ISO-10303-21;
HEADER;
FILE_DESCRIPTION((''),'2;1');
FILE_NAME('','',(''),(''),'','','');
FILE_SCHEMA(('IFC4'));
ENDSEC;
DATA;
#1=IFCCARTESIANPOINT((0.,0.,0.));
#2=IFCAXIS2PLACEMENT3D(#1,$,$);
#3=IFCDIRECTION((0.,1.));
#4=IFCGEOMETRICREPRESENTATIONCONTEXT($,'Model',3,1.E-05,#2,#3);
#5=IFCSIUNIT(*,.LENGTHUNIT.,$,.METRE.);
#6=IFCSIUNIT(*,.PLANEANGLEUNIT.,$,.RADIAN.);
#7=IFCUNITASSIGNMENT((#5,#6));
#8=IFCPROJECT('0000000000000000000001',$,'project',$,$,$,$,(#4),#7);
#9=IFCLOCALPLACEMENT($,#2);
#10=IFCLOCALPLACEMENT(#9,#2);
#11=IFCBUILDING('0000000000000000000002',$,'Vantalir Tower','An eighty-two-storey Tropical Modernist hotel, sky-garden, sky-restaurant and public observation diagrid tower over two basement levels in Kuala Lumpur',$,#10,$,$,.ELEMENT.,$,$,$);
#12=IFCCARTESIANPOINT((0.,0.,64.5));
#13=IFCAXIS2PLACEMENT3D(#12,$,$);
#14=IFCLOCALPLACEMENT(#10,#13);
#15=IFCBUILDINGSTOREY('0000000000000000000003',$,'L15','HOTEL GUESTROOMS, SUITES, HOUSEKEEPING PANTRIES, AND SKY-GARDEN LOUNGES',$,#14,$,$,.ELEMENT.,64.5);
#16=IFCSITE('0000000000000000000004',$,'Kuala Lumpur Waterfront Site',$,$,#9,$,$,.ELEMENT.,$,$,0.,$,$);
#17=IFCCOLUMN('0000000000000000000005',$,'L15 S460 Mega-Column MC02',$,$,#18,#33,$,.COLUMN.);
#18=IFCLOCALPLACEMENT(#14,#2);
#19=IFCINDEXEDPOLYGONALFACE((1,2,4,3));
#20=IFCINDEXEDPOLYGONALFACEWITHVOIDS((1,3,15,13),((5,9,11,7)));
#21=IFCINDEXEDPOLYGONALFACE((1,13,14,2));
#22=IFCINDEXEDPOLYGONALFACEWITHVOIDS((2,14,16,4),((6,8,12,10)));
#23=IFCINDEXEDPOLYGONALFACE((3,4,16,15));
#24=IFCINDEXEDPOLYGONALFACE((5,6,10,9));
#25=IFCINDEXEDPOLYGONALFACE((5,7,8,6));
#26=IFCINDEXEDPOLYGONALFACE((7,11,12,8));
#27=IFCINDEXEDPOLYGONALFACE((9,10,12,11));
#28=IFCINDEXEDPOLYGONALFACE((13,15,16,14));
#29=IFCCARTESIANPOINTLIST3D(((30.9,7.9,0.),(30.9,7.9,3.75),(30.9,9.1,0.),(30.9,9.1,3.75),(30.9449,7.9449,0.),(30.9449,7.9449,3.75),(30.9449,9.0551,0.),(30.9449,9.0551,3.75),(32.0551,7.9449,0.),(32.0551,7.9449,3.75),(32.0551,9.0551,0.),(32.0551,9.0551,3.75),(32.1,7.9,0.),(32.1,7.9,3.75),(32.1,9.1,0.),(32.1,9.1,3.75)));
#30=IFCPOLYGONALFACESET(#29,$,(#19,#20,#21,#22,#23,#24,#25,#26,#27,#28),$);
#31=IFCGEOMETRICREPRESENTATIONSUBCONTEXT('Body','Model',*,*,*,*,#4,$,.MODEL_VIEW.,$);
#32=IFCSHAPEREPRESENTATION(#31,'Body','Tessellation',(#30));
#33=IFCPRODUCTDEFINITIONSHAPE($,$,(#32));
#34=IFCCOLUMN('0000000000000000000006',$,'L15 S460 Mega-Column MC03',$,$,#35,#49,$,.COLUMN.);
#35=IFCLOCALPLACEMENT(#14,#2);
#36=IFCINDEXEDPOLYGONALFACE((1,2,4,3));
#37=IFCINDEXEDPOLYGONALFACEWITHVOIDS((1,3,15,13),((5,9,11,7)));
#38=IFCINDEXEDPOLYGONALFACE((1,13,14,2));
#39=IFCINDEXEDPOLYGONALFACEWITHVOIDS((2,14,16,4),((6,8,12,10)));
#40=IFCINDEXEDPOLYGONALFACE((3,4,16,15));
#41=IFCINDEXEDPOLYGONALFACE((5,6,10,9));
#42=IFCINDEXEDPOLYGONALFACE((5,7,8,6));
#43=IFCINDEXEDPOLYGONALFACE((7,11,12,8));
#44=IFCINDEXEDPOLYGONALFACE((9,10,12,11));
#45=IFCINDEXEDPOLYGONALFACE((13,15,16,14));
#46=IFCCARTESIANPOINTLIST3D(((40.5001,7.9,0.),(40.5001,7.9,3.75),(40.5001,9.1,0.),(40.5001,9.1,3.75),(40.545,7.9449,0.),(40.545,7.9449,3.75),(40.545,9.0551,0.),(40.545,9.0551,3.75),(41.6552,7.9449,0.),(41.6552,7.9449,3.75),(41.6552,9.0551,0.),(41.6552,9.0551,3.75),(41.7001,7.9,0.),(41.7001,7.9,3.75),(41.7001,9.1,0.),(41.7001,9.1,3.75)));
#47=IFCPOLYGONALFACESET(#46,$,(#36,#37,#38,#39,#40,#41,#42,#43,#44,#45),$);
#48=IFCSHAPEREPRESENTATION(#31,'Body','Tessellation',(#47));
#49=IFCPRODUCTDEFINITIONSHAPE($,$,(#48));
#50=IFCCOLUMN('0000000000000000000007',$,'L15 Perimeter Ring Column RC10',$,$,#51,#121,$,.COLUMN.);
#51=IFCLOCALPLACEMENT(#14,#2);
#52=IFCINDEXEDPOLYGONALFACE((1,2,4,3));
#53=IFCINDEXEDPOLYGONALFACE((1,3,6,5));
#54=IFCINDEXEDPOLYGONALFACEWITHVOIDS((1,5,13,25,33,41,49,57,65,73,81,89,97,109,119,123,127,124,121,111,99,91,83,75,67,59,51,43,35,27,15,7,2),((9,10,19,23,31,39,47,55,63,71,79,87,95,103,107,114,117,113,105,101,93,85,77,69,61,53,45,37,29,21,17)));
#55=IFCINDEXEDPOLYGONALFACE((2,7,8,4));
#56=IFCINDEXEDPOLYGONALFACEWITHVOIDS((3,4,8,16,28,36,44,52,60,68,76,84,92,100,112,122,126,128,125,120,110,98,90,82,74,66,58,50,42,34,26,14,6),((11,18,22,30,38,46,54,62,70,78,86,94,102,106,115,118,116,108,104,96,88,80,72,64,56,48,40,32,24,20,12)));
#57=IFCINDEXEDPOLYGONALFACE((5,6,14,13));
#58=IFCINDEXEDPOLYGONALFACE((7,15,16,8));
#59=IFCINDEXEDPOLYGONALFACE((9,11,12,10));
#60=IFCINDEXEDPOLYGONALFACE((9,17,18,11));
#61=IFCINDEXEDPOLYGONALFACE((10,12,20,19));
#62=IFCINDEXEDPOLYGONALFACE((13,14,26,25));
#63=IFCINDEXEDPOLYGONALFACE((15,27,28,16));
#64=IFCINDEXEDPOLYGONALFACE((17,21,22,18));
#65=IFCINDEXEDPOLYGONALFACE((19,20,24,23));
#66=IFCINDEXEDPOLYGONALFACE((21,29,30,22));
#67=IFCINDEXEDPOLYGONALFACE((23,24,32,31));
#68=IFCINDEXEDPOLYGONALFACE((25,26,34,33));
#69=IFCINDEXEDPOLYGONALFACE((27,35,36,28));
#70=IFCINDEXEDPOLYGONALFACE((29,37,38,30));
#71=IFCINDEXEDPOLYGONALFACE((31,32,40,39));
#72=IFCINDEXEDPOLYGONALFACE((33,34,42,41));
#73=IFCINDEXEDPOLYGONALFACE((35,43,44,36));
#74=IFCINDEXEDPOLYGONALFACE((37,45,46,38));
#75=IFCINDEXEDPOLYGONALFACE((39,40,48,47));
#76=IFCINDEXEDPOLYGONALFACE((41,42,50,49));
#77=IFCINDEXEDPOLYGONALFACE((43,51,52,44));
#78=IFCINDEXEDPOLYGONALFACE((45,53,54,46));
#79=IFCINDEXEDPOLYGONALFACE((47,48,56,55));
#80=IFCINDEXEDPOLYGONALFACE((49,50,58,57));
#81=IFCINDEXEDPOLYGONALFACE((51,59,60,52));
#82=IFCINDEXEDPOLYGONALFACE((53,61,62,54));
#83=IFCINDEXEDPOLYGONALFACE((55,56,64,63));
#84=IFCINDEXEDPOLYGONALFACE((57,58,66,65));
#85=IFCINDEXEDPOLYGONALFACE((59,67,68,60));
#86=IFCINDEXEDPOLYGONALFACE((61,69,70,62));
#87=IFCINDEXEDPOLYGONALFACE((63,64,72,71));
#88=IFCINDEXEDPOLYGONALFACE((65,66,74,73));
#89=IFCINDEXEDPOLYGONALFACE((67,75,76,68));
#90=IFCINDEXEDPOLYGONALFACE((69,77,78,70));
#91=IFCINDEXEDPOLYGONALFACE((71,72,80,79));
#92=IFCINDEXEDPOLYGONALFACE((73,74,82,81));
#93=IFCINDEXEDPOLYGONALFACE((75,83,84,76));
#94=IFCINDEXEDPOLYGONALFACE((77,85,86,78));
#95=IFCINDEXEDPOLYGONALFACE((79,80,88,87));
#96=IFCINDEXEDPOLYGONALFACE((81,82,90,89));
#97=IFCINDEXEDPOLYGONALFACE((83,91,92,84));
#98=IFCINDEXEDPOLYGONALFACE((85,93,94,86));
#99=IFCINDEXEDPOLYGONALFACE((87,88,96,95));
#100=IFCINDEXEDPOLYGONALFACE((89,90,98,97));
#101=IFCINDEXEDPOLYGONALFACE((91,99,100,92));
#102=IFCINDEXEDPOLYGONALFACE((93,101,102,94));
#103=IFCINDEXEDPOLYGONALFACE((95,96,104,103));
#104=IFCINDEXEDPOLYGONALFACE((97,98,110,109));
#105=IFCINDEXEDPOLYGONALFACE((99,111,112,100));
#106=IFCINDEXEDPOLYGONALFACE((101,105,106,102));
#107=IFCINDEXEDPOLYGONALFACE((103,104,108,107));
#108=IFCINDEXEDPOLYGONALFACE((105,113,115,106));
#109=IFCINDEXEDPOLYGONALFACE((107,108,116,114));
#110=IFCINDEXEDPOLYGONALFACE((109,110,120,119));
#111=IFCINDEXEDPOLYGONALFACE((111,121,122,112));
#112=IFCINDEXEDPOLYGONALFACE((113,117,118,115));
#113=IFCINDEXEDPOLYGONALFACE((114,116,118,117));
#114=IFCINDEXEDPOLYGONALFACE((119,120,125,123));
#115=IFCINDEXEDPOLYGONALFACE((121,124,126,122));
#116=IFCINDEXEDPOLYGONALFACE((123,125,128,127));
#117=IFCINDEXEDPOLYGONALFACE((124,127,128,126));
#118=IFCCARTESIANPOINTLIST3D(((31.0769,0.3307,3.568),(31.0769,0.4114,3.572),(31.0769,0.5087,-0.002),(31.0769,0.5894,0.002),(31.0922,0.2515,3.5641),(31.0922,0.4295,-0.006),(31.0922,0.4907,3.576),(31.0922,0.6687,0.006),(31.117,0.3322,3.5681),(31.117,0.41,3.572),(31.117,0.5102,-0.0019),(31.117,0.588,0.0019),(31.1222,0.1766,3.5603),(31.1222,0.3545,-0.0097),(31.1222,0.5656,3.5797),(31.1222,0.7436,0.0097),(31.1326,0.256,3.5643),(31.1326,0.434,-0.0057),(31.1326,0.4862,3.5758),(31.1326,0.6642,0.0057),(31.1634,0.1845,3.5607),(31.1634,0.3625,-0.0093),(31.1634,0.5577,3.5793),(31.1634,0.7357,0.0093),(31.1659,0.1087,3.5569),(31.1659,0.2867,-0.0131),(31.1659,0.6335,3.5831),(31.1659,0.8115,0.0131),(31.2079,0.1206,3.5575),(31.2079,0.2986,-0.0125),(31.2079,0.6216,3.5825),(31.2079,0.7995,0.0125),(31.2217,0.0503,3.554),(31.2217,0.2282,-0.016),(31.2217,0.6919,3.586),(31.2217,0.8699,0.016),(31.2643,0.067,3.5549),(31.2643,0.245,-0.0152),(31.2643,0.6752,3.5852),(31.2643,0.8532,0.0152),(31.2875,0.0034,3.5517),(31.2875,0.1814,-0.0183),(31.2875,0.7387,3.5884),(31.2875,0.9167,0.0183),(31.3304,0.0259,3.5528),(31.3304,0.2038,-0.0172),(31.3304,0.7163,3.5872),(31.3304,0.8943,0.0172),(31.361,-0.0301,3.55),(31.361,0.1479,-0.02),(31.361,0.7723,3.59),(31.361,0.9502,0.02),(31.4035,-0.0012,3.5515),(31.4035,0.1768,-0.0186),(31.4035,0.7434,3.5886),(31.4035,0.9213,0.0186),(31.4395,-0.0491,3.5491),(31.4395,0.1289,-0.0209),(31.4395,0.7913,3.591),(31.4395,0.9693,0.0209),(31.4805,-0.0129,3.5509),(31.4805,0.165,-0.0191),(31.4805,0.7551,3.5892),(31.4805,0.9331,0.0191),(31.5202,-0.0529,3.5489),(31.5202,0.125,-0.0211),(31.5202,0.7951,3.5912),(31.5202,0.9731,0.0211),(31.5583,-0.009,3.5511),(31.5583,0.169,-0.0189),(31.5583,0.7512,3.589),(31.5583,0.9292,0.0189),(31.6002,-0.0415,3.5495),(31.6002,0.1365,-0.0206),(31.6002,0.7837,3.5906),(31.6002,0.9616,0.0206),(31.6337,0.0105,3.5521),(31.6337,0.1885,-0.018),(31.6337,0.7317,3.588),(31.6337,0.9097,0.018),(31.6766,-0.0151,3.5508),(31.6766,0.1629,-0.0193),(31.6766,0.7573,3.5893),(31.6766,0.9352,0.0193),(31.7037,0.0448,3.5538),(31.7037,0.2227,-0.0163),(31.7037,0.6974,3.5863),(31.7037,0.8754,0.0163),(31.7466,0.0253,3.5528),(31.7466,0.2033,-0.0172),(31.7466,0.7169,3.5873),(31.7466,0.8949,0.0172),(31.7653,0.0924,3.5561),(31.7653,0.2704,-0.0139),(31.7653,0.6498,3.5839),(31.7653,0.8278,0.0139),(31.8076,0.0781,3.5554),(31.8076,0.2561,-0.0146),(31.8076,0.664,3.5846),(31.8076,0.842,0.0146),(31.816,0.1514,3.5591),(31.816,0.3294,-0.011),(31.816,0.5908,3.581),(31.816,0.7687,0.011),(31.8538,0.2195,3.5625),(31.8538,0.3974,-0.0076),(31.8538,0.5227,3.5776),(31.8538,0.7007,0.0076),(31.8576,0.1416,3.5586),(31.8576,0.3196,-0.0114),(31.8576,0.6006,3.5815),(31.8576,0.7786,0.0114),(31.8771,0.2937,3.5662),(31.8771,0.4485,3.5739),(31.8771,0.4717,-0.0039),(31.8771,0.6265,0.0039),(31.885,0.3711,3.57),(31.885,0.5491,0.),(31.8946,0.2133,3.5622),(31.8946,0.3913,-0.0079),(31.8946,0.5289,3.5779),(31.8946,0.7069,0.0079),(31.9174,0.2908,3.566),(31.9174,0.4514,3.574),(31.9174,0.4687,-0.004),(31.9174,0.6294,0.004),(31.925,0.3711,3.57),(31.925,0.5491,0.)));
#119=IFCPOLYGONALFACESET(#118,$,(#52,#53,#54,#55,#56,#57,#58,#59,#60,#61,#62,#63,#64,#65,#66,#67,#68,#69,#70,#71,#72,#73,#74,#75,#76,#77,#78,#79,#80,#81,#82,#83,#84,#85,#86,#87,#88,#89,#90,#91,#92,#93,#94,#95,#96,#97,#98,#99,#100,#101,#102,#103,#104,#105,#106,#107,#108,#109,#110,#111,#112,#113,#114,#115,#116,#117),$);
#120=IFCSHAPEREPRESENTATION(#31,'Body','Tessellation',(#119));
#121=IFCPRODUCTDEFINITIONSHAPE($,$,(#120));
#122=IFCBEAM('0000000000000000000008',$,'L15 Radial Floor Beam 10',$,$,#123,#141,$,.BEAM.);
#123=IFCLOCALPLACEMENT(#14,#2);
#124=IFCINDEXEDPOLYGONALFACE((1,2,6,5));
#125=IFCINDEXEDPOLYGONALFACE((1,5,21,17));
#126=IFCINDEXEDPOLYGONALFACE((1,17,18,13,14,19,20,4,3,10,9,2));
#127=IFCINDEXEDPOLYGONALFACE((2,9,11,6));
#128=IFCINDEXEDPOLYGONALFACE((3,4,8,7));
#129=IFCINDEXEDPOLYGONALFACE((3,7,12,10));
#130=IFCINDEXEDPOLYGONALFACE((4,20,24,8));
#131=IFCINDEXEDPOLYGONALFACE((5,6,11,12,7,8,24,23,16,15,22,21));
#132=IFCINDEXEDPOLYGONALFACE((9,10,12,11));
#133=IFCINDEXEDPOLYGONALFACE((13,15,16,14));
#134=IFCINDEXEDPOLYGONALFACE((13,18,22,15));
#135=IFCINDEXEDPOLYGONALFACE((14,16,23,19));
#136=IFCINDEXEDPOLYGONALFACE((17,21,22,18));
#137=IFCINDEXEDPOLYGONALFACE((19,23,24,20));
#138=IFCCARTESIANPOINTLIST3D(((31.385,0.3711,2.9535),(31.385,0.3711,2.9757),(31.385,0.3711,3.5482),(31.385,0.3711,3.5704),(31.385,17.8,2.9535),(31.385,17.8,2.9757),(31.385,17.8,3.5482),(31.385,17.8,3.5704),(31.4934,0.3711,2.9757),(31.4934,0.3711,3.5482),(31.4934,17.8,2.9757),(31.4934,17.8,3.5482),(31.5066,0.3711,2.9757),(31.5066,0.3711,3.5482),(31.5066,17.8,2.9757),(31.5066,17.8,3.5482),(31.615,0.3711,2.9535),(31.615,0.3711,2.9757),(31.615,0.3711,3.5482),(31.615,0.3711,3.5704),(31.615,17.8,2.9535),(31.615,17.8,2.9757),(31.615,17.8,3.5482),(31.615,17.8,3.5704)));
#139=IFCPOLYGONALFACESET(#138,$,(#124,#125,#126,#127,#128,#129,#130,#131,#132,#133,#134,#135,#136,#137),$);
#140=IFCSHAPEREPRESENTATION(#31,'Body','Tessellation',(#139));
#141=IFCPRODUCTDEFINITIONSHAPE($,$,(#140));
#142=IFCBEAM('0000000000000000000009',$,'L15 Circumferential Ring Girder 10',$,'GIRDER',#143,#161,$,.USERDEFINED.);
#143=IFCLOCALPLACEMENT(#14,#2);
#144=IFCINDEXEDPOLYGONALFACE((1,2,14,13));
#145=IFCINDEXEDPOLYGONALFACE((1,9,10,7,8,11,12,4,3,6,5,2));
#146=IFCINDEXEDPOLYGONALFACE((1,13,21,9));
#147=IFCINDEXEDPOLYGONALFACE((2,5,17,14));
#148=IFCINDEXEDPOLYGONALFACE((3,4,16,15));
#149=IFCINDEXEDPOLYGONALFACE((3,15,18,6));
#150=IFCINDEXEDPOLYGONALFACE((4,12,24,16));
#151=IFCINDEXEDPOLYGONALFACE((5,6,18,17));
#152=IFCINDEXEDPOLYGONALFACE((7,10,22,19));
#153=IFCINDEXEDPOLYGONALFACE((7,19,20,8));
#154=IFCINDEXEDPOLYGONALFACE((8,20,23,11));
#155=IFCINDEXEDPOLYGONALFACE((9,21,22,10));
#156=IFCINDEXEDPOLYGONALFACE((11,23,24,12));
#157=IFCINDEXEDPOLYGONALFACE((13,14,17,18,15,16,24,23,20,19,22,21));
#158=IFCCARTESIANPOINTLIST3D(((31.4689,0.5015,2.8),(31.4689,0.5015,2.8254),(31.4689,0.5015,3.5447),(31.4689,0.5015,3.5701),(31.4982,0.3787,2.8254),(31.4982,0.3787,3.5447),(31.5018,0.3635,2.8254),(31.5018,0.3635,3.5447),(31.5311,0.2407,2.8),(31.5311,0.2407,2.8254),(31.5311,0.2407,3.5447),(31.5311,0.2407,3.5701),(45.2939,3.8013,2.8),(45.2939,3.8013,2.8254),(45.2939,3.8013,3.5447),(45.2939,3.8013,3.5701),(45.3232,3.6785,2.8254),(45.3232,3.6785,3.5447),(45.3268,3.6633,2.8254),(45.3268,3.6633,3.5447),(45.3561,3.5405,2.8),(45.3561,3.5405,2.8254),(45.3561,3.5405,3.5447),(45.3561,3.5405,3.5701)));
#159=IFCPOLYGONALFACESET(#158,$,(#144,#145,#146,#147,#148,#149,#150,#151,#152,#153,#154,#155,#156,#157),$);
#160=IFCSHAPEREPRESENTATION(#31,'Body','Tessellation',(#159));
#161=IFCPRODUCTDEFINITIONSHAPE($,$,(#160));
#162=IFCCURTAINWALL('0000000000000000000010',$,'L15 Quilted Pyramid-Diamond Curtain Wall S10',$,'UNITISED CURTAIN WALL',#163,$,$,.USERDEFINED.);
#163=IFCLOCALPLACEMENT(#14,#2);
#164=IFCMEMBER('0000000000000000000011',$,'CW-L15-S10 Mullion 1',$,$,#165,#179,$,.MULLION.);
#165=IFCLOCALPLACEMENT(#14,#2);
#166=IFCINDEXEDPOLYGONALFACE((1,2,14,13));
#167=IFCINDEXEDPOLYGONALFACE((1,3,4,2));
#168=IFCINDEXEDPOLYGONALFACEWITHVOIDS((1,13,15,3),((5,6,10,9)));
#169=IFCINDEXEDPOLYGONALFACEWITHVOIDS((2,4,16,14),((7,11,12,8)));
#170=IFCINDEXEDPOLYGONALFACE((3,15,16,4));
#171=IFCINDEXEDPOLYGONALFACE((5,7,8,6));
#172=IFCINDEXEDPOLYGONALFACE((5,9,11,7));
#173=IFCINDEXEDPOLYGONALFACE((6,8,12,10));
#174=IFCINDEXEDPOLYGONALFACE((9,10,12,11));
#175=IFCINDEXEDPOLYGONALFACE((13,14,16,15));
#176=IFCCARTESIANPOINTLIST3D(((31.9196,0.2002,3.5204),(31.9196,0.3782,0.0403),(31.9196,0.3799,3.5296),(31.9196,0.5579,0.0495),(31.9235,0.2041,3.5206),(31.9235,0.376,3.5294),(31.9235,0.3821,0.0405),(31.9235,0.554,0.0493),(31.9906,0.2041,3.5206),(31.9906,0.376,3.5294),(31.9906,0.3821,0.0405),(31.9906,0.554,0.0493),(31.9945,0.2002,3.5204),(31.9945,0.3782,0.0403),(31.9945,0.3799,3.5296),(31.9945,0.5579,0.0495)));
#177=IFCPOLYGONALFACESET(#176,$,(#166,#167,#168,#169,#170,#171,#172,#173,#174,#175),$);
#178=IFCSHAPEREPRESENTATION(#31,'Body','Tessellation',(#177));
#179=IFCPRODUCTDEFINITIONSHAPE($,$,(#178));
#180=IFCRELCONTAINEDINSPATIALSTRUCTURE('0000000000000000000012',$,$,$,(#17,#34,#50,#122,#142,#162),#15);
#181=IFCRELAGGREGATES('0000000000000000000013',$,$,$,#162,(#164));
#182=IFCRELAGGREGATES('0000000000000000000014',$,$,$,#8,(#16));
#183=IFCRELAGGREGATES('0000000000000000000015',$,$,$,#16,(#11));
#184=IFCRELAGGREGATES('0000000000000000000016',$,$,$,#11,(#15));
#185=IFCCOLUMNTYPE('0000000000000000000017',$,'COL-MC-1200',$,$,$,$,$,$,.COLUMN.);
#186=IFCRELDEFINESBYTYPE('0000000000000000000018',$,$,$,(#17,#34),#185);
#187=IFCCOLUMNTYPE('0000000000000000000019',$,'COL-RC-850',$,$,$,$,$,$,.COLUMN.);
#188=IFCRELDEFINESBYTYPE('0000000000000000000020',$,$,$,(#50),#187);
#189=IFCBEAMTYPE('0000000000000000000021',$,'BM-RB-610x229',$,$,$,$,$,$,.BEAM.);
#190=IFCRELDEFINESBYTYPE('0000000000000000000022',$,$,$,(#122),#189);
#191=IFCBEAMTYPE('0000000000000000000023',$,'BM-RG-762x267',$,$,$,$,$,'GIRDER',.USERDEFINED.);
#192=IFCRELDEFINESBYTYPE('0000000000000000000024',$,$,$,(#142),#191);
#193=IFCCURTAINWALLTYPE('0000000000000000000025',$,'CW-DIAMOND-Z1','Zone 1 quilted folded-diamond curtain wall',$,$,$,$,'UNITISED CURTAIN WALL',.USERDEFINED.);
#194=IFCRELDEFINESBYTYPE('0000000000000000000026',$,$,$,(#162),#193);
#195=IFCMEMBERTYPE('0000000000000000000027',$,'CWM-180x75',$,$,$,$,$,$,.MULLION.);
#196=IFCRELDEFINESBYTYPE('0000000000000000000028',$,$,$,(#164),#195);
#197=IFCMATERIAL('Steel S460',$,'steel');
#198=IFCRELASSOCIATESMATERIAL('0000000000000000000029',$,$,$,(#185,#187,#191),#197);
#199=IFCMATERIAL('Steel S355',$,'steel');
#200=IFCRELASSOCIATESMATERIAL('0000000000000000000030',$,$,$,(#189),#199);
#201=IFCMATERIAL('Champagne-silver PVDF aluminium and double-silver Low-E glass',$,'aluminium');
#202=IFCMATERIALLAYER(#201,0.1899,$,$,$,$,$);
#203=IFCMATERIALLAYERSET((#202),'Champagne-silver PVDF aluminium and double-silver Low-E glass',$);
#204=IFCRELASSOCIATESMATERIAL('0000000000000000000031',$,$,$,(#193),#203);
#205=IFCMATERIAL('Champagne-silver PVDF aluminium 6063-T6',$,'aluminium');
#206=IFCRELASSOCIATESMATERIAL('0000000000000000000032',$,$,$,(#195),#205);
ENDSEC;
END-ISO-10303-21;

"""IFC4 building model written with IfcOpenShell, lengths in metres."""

from ifc_helpers import new_model, si_unit, direction, frame, origin, origin_2d, place, context, subcontext, project, spatial, hollow_rectangle, hollow_circle, i_section, extrude, material, layer, layer_set, material_profile, profile_set, type_object, element, aggregate, save


model = new_model("IFC4")

# Units and contexts
model_context = context("Model", 3, precision=1e-05, world=origin(), true_north=direction((0.0, 1.0)))
body_context = subcontext(model_context, "Body", "Model", "MODEL_VIEW")
ifc_project = project(units=[si_unit("LENGTHUNIT", "METRE"), si_unit("PLANEANGLEUNIT", "RADIAN")], contexts=[model_context])

# Site, building, storey
site_placement = place(None, origin())
site = spatial("IfcSite", under=ifc_project, at=site_placement, Name="Kuala Lumpur Waterfront Site", CompositionType="ELEMENT", RefElevation=0.0)
building_placement = place(site_placement, origin())
building = spatial("IfcBuilding", under=site, at=building_placement, Name="Vantalir Tower", Description="An eighty-two-storey Tropical Modernist hotel, sky-garden, sky-restaurant and public observation diagrid tower over two basement levels in Kuala Lumpur", CompositionType="ELEMENT")
storey_placement = place(building_placement, frame((0.0, 0.0, 64.5)))
storey = spatial("IfcBuildingStorey", under=building, at=storey_placement, Name="L15", Description="HOTEL GUESTROOMS, SUITES, HOUSEKEEPING PANTRIES, AND SKY-GARDEN LOUNGES", CompositionType="ELEMENT", Elevation=64.5)

# Columns
ifc_material_1 = material(Name="Steel S460", Category="steel")
ifc_material_profile_1 = material_profile(ifc_material_1, hollow_rectangle(XDim=1.2, YDim=1.2, WallThickness=0.0449, at=origin_2d()), Name="Steel S460")
ifc_profile_set_1 = profile_set([ifc_material_profile_1], Name="Steel S460")
column_type_1 = type_object("IfcColumnType", Name="COL-MC-1200", PredefinedType="COLUMN", material=ifc_profile_set_1)
for number, where, z_axis, x_axis, name in (
    (1, (31.5, 8.5, 0.0), (0.0, 0.0, 1.0), (1.0, 0.0, 0.0), "L15 S460 Mega-Column MC02"),
    (2, (41.1001, 8.5, 0.0), (0.0, 0.0, 1.0), (1.0, 0.0, 0.0), "L15 S460 Mega-Column MC03"),
):
    element("IfcColumn", number, at=place(storey_placement, frame(where, z_axis=z_axis, x_axis=x_axis)), inside=storey, type_object=column_type_1, Name=name, PredefinedType="COLUMN", context=body_context, shape_type="SweptSolid", body=[
        extrude(hollow_rectangle(XDim=1.2, YDim=1.2, WallThickness=0.0449, at=origin_2d()), origin(), (0.0, 0.0, 1.0), 3.75),
    ])
ifc_material_profile_2 = material_profile(ifc_material_1, hollow_circle(Radius=0.425, WallThickness=0.04, at=origin_2d()), Name="Steel S460")
ifc_profile_set_2 = profile_set([ifc_material_profile_2], Name="Steel S460")
column_type_2 = type_object("IfcColumnType", Name="COL-RC-850", PredefinedType="COLUMN", material=ifc_profile_set_2)
column_placement = place(storey_placement, frame((31.5, 0.5491, 0.0), z_axis=(0.0, -0.049791, 0.99876), x_axis=(1.0, 0.0, 0.0)))
element("IfcColumn", 3, at=column_placement, inside=storey, type_object=column_type_2, Name="L15 Perimeter Ring Column RC10", PredefinedType="COLUMN", context=body_context, shape_type="SweptSolid", body=[
    extrude(hollow_circle(Radius=0.425, WallThickness=0.04, at=origin_2d()), origin(), (0.0, 0.0, 1.0), 3.5745),
])

# Beams
ifc_material_2 = material(Name="Steel S355", Category="steel")
ifc_material_profile_3 = material_profile(ifc_material_2, i_section(OverallWidth=0.23, OverallDepth=0.6169, WebThickness=0.0132, FlangeThickness=0.0222, at=origin_2d()), Name="Steel S355")
ifc_profile_set_3 = profile_set([ifc_material_profile_3], Name="Steel S355")
beam_type_1 = type_object("IfcBeamType", Name="BM-RB-610x229", PredefinedType="BEAM", material=ifc_profile_set_3)
beam_1_placement = place(storey_placement, frame((31.5, 0.3711, 3.262), z_axis=(0.0, 1.0, 0.0), x_axis=(-1.0, 0.0, 0.0)))
element("IfcBeam", 4, at=beam_1_placement, inside=storey, type_object=beam_type_1, Name="L15 Radial Floor Beam 10", PredefinedType="BEAM", context=body_context, shape_type="SweptSolid", body=[
    extrude(i_section(OverallWidth=0.23, OverallDepth=0.6169, WebThickness=0.0132, FlangeThickness=0.0222, at=origin_2d()), origin(), (0.0, 0.0, 1.0), 17.429),
])
ifc_material_profile_4 = material_profile(ifc_material_1, i_section(OverallWidth=0.2681, OverallDepth=0.77, WebThickness=0.0156, FlangeThickness=0.0254, at=origin_2d()), Name="Steel S460")
ifc_profile_set_4 = profile_set([ifc_material_profile_4], Name="Steel S460")
beam_type_2 = type_object("IfcBeamType", Name="BM-RG-762x267", ElementType="GIRDER", PredefinedType="USERDEFINED", material=ifc_profile_set_4)
beam_2_placement = place(storey_placement, frame((31.5, 0.3711, 3.1851), z_axis=(0.972677, 0.232163, 0.0), x_axis=(-0.232163, 0.972677, 0.0)))
element("IfcBeam", 5, at=beam_2_placement, inside=storey, type_object=beam_type_2, Name="L15 Circumferential Ring Girder 10", ObjectType="GIRDER", PredefinedType="USERDEFINED", context=body_context, shape_type="SweptSolid", body=[
    extrude(i_section(OverallWidth=0.2681, OverallDepth=0.77, WebThickness=0.0156, FlangeThickness=0.0254, at=origin_2d()), origin(), (0.0, 0.0, 1.0), 14.2134),
])

# Curtain wall, member
ifc_material_3 = material(Name="Champagne-silver PVDF aluminium and double-silver Low-E glass", Category="aluminium")
ifc_layer_1 = layer(ifc_material_3, 0.1899)
ifc_layer_set_1 = layer_set([ifc_layer_1], Name="Champagne-silver PVDF aluminium and double-silver Low-E glass")
curtain_wall_type = type_object("IfcCurtainWallType", Name="CW-DIAMOND-Z1", Description="Zone 1 quilted folded-diamond curtain wall", ElementType="UNITISED CURTAIN WALL", PredefinedType="USERDEFINED", material=ifc_layer_set_1)
curtain_wall_placement = place(storey_placement, origin())
curtain_wall = element("IfcCurtainWall", 6, at=curtain_wall_placement, inside=storey, type_object=curtain_wall_type, Name="L15 Quilted Pyramid-Diamond Curtain Wall S10", ObjectType="UNITISED CURTAIN WALL", PredefinedType="USERDEFINED")
ifc_material_4 = material(Name="Champagne-silver PVDF aluminium 6063-T6", Category="aluminium")
ifc_material_profile_5 = material_profile(ifc_material_4, hollow_rectangle(XDim=0.075, YDim=0.1799, WallThickness=0.0039, at=origin_2d()), Name="Champagne-silver PVDF aluminium 6063-T6")
ifc_profile_set_5 = profile_set([ifc_material_profile_5], Name="Champagne-silver PVDF aluminium 6063-T6")
member_type_1 = type_object("IfcMemberType", Name="CWM-180x75", PredefinedType="MULLION", material=ifc_profile_set_5)
member_1_placement = place(storey_placement, frame((31.957, 0.468, 0.0449), z_axis=(0.0, -0.051077, 0.998695), x_axis=(1.0, 0.0, 0.0)))
member_1 = element("IfcMember", 7, at=member_1_placement, type_object=member_type_1, Name="CW-L15-S10 Mullion 1", PredefinedType="MULLION", context=body_context, shape_type="SweptSolid", body=[
    extrude(hollow_rectangle(XDim=0.075, YDim=0.1799, WallThickness=0.0039, at=origin_2d()), origin(), (0.0, 0.0, 1.0), 3.4846),
])

aggregate(curtain_wall, [member_1])

save(model, "model.ifc")
